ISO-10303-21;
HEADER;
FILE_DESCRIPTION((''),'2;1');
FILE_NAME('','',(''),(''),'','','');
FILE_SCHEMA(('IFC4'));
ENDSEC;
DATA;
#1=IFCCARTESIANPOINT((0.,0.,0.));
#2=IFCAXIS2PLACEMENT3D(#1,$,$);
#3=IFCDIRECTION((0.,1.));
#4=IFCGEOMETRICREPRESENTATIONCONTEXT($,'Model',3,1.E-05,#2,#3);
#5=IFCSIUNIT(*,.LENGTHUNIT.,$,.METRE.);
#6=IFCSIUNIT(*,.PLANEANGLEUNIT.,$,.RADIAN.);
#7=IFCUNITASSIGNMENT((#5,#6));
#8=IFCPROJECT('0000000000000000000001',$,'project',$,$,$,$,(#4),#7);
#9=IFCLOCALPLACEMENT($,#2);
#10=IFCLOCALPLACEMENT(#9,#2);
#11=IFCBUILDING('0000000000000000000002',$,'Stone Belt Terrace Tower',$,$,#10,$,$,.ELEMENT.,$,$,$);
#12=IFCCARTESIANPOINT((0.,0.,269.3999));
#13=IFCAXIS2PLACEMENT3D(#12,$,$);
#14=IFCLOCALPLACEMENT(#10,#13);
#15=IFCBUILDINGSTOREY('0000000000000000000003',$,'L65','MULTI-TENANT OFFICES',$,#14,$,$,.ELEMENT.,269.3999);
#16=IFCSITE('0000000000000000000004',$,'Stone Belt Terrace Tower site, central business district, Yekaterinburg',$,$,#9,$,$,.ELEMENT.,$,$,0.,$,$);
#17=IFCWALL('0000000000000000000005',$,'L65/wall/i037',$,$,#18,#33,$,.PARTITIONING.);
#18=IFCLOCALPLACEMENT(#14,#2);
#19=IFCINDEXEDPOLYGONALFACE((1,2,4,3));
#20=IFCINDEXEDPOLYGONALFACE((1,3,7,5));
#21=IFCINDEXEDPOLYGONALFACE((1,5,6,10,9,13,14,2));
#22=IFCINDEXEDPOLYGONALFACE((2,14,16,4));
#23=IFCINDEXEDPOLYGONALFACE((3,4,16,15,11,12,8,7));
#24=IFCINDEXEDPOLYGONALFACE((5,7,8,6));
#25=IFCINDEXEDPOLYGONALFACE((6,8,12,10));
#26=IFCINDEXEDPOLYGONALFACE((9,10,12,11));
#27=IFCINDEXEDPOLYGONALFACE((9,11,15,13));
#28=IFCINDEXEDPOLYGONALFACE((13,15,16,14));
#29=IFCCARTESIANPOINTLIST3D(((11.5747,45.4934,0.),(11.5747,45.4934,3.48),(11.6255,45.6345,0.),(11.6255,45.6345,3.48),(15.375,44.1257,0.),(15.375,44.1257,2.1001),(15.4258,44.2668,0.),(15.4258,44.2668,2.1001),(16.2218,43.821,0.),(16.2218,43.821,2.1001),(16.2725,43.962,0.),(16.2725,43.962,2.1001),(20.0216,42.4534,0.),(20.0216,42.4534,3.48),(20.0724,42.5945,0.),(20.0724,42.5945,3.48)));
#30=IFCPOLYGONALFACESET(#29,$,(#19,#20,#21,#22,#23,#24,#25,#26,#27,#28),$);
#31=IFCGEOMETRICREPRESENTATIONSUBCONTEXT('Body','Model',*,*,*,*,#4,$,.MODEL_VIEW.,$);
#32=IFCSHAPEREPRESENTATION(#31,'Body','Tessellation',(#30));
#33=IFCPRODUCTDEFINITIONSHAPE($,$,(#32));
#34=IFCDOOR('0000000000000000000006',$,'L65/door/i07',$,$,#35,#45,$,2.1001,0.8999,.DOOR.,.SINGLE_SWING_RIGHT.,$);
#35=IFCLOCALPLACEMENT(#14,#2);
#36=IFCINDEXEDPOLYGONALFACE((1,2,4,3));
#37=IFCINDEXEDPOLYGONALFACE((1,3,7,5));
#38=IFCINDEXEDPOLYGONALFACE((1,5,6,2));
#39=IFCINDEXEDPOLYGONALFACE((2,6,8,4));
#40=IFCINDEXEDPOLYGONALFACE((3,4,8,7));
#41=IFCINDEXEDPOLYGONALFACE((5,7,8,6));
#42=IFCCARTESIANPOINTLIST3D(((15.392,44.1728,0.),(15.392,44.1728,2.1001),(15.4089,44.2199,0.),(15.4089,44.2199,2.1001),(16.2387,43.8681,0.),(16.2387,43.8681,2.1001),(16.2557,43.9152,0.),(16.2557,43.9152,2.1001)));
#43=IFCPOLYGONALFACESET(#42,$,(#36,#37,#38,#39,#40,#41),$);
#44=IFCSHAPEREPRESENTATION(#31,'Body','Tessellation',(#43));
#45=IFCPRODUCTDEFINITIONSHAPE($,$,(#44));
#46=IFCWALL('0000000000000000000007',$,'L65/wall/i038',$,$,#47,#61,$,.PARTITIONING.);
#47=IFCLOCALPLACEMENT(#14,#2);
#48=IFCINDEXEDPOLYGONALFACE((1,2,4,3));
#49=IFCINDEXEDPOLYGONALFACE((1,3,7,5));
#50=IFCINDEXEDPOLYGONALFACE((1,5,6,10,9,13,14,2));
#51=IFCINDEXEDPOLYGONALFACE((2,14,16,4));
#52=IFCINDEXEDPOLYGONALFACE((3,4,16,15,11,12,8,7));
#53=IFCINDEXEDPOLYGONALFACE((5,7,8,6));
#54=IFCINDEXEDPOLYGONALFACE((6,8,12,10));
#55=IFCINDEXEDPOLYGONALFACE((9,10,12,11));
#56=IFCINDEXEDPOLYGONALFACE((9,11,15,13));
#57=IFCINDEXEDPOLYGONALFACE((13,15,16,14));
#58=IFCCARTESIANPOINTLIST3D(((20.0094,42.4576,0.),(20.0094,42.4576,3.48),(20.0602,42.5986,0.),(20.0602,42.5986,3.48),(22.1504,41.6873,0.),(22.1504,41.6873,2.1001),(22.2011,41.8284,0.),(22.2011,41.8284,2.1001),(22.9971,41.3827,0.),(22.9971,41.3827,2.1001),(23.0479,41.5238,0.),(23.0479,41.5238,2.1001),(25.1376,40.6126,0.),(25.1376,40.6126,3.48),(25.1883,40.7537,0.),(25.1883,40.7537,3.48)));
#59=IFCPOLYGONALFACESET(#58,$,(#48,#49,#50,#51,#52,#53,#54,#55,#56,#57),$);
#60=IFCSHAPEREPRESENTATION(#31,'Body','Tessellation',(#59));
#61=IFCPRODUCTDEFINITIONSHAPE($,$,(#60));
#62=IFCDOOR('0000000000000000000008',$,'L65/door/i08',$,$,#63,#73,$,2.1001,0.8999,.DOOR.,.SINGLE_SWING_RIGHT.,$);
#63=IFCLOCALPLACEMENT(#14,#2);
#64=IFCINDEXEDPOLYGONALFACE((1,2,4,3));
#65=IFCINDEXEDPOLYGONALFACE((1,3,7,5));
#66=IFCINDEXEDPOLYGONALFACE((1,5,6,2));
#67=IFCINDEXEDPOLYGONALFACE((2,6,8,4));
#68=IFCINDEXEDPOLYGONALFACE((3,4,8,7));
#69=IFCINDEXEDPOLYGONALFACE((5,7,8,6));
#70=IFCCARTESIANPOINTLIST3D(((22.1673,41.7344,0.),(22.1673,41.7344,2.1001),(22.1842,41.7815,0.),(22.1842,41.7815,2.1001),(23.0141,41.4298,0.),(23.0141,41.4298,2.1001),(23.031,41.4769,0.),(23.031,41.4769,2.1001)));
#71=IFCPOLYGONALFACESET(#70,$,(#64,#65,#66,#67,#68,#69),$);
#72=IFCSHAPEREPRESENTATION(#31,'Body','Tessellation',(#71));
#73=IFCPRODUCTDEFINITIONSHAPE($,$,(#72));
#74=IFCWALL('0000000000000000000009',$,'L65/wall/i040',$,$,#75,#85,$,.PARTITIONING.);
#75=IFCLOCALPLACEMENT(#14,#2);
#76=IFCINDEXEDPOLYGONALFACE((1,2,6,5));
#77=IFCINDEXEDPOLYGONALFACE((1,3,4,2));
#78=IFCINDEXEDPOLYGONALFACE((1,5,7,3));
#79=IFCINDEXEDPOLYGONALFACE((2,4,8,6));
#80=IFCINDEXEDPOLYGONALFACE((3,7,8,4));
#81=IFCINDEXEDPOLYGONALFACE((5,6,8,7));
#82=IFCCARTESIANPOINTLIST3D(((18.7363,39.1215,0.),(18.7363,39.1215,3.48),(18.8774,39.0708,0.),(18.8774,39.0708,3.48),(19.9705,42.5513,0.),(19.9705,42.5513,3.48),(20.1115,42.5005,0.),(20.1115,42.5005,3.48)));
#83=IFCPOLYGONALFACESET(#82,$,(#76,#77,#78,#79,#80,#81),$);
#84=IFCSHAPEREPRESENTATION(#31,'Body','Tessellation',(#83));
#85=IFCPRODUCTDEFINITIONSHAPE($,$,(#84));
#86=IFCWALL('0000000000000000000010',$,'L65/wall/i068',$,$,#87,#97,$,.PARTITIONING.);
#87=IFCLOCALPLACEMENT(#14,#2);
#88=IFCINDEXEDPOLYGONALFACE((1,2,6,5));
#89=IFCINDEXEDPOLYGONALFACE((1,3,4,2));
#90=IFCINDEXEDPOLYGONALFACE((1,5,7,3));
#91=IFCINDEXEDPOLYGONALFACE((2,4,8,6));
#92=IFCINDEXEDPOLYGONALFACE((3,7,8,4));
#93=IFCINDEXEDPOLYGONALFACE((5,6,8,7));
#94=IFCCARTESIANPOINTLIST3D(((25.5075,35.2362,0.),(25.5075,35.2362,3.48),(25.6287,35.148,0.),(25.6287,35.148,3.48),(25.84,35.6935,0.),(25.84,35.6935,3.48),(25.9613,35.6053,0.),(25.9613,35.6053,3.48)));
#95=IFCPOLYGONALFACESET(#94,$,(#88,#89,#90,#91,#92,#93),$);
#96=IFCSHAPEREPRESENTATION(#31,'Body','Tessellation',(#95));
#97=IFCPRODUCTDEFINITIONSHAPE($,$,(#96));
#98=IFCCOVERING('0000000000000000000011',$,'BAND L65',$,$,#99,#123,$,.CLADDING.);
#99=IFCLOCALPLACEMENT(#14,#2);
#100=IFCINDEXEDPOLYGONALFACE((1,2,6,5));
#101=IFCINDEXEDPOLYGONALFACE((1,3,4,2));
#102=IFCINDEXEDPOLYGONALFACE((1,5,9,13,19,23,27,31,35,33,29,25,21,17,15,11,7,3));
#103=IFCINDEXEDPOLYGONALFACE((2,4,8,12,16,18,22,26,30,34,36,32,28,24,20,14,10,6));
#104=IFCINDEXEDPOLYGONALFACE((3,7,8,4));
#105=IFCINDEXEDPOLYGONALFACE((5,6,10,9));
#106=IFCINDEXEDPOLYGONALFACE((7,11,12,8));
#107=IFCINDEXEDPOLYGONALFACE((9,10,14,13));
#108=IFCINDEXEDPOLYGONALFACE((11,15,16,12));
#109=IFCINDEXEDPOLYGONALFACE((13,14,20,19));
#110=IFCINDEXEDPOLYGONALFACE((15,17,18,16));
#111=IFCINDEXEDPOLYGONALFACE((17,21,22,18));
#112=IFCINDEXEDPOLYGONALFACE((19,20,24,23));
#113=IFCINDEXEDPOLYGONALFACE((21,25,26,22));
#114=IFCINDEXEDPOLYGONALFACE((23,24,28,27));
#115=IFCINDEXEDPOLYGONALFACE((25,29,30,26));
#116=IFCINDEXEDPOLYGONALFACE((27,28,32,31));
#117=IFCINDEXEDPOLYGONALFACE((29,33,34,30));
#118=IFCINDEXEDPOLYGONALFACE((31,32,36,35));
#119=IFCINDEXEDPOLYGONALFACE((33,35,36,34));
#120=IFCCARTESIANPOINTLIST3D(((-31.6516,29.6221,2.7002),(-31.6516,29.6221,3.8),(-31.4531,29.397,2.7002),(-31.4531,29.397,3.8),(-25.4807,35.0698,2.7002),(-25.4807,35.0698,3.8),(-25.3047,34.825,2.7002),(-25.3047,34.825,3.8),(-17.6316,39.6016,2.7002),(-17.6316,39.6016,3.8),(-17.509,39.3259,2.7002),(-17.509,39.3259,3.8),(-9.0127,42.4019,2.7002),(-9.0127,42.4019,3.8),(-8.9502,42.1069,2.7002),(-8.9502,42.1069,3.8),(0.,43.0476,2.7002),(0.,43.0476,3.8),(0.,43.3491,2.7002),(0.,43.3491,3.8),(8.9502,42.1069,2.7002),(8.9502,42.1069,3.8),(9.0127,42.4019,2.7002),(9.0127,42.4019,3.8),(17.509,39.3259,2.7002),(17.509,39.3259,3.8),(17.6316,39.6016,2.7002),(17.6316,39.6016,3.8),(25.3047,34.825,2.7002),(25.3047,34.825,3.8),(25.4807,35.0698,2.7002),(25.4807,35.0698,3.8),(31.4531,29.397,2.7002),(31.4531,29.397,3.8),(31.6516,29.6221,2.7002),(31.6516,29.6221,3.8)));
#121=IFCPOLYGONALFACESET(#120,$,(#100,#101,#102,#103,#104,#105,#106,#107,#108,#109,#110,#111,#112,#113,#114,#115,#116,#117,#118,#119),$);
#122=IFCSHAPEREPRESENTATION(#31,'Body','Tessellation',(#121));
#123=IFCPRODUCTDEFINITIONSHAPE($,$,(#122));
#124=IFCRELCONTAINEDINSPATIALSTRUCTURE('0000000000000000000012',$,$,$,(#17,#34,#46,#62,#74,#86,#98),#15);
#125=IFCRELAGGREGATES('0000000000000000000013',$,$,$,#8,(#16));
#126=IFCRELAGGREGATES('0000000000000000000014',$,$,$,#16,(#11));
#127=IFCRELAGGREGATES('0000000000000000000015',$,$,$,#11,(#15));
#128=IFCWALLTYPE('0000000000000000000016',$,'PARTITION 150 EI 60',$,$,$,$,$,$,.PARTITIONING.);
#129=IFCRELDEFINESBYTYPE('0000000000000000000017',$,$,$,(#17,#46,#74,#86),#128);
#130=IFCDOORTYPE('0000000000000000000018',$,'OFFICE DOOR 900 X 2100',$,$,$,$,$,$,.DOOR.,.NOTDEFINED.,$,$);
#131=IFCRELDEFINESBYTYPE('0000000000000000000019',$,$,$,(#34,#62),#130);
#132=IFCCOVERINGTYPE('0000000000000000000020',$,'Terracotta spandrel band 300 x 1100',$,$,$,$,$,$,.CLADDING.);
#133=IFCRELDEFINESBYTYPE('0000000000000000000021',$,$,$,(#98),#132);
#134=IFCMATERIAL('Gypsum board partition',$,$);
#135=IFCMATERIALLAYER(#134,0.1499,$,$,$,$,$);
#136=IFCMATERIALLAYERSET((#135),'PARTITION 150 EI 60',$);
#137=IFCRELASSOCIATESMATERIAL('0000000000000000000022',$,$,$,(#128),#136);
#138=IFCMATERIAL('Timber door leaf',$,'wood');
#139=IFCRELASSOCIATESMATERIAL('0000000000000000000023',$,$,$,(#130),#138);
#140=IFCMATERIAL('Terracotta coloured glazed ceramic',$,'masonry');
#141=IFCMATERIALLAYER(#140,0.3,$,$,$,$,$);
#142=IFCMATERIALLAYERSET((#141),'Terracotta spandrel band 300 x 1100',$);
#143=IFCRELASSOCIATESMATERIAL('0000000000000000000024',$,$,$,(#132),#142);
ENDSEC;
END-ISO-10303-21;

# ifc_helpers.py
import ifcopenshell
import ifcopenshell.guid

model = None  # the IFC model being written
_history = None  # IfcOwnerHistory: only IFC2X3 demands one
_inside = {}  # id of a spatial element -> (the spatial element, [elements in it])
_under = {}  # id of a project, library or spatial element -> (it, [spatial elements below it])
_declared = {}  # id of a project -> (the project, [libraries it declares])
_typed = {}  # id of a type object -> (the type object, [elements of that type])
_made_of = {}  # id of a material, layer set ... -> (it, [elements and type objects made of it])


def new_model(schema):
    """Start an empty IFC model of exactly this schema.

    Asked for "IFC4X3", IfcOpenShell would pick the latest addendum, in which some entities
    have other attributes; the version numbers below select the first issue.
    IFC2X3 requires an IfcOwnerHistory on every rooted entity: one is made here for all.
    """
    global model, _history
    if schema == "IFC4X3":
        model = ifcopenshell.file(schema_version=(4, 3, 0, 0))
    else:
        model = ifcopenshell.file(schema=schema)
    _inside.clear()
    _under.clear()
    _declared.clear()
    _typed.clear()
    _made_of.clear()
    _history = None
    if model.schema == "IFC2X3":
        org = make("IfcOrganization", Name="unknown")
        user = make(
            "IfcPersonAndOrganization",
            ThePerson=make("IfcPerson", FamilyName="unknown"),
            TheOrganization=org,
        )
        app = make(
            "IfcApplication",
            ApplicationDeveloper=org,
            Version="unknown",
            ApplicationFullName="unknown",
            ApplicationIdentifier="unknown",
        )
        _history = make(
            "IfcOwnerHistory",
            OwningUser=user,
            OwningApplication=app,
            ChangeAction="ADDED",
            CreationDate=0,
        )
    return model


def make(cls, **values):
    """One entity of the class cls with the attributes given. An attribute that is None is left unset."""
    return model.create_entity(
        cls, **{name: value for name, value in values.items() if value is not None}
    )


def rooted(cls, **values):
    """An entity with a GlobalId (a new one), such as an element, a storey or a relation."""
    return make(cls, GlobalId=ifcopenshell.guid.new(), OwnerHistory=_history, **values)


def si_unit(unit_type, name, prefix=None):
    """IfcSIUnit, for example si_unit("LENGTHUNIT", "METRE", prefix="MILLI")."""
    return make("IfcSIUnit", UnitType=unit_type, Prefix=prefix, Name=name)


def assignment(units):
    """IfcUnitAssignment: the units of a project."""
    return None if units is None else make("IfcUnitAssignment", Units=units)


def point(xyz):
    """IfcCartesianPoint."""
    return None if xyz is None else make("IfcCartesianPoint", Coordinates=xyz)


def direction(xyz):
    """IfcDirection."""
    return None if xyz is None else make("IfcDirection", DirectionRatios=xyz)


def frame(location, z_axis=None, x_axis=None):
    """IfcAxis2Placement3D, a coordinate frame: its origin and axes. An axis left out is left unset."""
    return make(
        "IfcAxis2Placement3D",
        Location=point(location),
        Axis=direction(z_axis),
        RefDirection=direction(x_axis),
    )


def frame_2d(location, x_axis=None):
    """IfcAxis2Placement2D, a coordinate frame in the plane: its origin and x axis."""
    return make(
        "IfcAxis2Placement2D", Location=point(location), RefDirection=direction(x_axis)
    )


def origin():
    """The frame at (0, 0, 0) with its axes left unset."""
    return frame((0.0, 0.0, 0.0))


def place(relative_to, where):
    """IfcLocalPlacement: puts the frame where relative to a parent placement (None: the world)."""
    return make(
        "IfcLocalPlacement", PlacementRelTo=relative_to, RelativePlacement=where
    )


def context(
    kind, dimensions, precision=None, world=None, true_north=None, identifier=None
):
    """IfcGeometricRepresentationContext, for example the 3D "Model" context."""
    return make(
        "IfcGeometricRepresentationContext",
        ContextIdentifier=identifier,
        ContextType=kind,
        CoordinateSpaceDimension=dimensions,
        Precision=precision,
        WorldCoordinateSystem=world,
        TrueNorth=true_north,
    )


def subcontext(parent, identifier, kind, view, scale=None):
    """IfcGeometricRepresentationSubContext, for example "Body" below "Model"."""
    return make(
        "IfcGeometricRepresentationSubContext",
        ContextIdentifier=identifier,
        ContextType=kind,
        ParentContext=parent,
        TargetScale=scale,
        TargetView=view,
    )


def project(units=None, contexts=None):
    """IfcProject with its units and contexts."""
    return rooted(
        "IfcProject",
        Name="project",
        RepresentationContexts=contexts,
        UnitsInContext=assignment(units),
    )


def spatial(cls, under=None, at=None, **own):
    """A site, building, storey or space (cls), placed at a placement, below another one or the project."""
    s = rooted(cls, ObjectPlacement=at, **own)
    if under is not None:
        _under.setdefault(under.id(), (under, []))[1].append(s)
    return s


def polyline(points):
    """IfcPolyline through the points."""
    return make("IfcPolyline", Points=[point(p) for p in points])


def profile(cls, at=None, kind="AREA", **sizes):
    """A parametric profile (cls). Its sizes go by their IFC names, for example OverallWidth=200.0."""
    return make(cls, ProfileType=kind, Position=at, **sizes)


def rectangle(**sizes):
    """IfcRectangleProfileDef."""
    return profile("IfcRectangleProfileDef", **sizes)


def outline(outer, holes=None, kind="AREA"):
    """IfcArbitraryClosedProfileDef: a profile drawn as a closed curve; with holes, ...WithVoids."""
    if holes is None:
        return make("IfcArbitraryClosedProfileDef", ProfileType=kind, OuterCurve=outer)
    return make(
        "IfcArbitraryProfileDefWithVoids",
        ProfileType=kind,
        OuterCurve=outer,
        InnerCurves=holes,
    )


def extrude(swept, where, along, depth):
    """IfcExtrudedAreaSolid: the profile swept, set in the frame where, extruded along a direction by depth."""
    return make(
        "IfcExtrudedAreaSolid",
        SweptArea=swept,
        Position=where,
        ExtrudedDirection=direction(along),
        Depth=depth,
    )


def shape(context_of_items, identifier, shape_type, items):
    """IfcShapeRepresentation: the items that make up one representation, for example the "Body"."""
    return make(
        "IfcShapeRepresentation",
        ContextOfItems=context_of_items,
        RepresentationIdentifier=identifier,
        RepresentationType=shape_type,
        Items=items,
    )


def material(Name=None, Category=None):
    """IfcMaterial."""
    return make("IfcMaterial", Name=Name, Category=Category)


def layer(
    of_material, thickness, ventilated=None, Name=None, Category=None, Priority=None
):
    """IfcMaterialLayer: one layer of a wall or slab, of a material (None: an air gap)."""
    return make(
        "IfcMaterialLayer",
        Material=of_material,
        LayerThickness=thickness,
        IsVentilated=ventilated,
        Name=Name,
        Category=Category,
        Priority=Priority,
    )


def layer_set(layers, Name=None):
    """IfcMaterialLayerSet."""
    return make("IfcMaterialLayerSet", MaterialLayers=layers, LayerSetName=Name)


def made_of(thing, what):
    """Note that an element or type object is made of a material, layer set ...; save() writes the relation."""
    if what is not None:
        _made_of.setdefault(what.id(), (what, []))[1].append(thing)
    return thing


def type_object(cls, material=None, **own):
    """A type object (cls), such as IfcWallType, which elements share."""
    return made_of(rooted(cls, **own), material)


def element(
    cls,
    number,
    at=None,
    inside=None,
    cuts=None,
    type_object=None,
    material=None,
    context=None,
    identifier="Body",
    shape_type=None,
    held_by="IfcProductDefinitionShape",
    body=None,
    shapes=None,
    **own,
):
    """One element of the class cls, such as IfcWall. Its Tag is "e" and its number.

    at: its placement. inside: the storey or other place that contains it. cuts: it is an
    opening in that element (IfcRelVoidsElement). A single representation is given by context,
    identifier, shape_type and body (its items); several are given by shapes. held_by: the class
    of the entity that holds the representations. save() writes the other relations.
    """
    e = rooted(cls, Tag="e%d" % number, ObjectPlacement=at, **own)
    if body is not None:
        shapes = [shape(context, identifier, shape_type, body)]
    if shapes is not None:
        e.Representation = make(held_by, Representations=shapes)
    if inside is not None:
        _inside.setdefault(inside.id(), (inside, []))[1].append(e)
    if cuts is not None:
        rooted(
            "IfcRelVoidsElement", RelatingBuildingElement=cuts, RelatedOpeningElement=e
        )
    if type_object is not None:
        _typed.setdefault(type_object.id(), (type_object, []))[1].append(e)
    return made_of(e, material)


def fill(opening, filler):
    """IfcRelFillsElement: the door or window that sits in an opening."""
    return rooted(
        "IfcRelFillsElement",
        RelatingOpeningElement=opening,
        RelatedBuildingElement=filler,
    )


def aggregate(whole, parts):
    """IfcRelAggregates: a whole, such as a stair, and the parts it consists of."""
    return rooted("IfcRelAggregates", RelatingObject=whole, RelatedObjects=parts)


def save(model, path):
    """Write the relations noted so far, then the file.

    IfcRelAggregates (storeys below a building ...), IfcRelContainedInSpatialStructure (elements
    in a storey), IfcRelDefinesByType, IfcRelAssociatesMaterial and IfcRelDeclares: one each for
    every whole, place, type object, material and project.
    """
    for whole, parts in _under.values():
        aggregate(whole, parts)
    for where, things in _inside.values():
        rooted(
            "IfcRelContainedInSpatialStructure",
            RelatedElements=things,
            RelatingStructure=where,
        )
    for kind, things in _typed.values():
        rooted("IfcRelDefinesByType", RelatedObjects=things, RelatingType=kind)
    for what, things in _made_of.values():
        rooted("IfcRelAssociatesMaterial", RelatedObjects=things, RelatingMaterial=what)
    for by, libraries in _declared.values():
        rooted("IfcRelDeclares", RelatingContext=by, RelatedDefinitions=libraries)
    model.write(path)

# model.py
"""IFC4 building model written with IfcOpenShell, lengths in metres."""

from ifc_helpers import new_model, si_unit, direction, frame, frame_2d, origin, place, context, subcontext, project, spatial, polyline, rectangle, outline, extrude, material, layer, layer_set, type_object, element, fill, save


model = new_model("IFC4")

# Units and contexts
model_context = context("Model", 3, precision=1e-05, world=origin(), true_north=direction((0.0, 1.0)))
body_context = subcontext(model_context, "Body", "Model", "MODEL_VIEW")
ifc_project = project(units=[si_unit("LENGTHUNIT", "METRE"), si_unit("PLANEANGLEUNIT", "RADIAN")], contexts=[model_context])

# Site, building, storey
site_placement = place(None, origin())
site = spatial("IfcSite", under=ifc_project, at=site_placement, Name="Stone Belt Terrace Tower site, central business district, Yekaterinburg", CompositionType="ELEMENT", RefElevation=0.0)
building_placement = place(site_placement, origin())
building = spatial("IfcBuilding", under=site, at=building_placement, Name="Stone Belt Terrace Tower", CompositionType="ELEMENT")
storey_placement = place(building_placement, frame((0.0, 0.0, 269.3999)))
storey = spatial("IfcBuildingStorey", under=building, at=storey_placement, Name="L65", Description="MULTI-TENANT OFFICES", CompositionType="ELEMENT", Elevation=269.3999)

# Shared definitions
ifc_material_1 = material(Name="Gypsum board partition")
ifc_layer_1 = layer(ifc_material_1, 0.1499)
ifc_layer_set_1 = layer_set([ifc_layer_1], Name="PARTITION 150 EI 60")
wall_type_1 = type_object("IfcWallType", Name="PARTITION 150 EI 60", PredefinedType="PARTITIONING", material=ifc_layer_set_1)

# Walls, openings, doors
wall_1_placement = place(storey_placement, frame((20.0471, 42.5239, 0.0), z_axis=(0.0, 0.0, 1.0), x_axis=(-0.940919, 0.338632, 0.0)))
wall_1 = element("IfcWall", 1, at=wall_1_placement, inside=storey, type_object=wall_type_1, Name="L65/wall/i037", PredefinedType="PARTITIONING", context=body_context, shape_type="SweptSolid", body=[
    extrude(rectangle(XDim=8.9773, YDim=0.1499, at=frame_2d((4.4888, 0.0))), origin(), (0.0, 0.0, 1.0), 3.48),
])
opening_1_placement = place(wall_1_placement, frame((4.0386, 0.0, 0.0)))
opening_1 = element("IfcOpeningElement", 2, at=opening_1_placement, cuts=wall_1, PredefinedType="OPENING", context=body_context, shape_type="SweptSolid", body=[
    extrude(rectangle(XDim=0.8999, YDim=2.1001, at=frame_2d((0.45, 1.05))), frame((0.0, 0.085, 0.0), z_axis=(0.0, -1.0, 0.0), x_axis=(1.0, 0.0, 0.0)), (0.0, 0.0, 1.0), 0.1699),
])
ifc_material_2 = material(Name="Timber door leaf", Category="wood")
door_type = type_object("IfcDoorType", Name="OFFICE DOOR 900 X 2100", OperationType="NOTDEFINED", PredefinedType="DOOR", material=ifc_material_2)
door_1_placement = place(opening_1_placement, origin())
door_1 = element("IfcDoor", 3, at=door_1_placement, inside=storey, type_object=door_type, Name="L65/door/i07", OperationType="SINGLE_SWING_RIGHT", OverallHeight=2.1001, OverallWidth=0.8999, PredefinedType="DOOR", context=body_context, shape_type="SweptSolid", body=[
    extrude(rectangle(XDim=0.8999, YDim=2.1001, at=frame_2d((0.45, 1.05))), frame((0.0, 0.0249, 0.0), z_axis=(0.0, -1.0, 0.0), x_axis=(1.0, 0.0, 0.0)), (0.0, 0.0, 1.0), 0.05),
])
fill(opening_1, door_1)
wall_2_placement = place(storey_placement, frame((25.1631, 40.6831, 0.0), z_axis=(0.0, 0.0, 1.0), x_axis=(-0.940956, 0.338529, 0.0)))
wall_2 = element("IfcWall", 4, at=wall_2_placement, inside=storey, type_object=wall_type_1, Name="L65/wall/i038", PredefinedType="PARTITIONING", context=body_context, shape_type="SweptSolid", body=[
    extrude(rectangle(XDim=5.45, YDim=0.1499, at=frame_2d((2.7251, 0.0))), origin(), (0.0, 0.0, 1.0), 3.48),
])
opening_2_placement = place(wall_2_placement, frame((2.2749, 0.0, 0.0)))
opening_2 = element("IfcOpeningElement", 5, at=opening_2_placement, cuts=wall_2, PredefinedType="OPENING", context=body_context, shape_type="SweptSolid", body=[
    extrude(rectangle(XDim=0.8999, YDim=2.1001, at=frame_2d((0.45, 1.05))), frame((0.0, 0.085, 0.0), z_axis=(0.0, -1.0, 0.0), x_axis=(1.0, 0.0, 0.0)), (0.0, 0.0, 1.0), 0.1699),
])
door_2_placement = place(opening_2_placement, origin())
door_2 = element("IfcDoor", 6, at=door_2_placement, inside=storey, type_object=door_type, Name="L65/door/i08", OperationType="SINGLE_SWING_RIGHT", OverallHeight=2.1001, OverallWidth=0.8999, PredefinedType="DOOR", context=body_context, shape_type="SweptSolid", body=[
    extrude(rectangle(XDim=0.8999, YDim=2.1001, at=frame_2d((0.45, 1.05))), frame((0.0, 0.0249, 0.0), z_axis=(0.0, -1.0, 0.0), x_axis=(1.0, 0.0, 0.0)), (0.0, 0.0, 1.0), 0.05),
])
fill(opening_2, door_2)

# Walls
wall_3_placement = place(storey_placement, frame((20.041, 42.5259, 0.0), z_axis=(0.0, 0.0, 1.0), x_axis=(-0.338584, -0.940936, 0.0)))
element("IfcWall", 7, at=wall_3_placement, inside=storey, type_object=wall_type_1, Name="L65/wall/i040", PredefinedType="PARTITIONING", context=body_context, shape_type="SweptSolid", body=[
    extrude(rectangle(XDim=3.645, YDim=0.1499, at=frame_2d((1.8225, 0.0))), origin(), (0.0, 0.0, 1.0), 3.48),
])
wall_4_placement = place(storey_placement, frame((25.9006, 35.6494, 0.0), z_axis=(0.0, 0.0, 1.0), x_axis=(-0.58812, -0.808773, 0.0)))
element("IfcWall", 8, at=wall_4_placement, inside=storey, type_object=wall_type_1, Name="L65/wall/i068", PredefinedType="PARTITIONING", context=body_context, shape_type="SweptSolid", body=[
    extrude(rectangle(XDim=0.5654, YDim=0.1499, at=frame_2d((0.2827, 0.0))), origin(), (0.0, 0.0, 1.0), 3.48),
])

# Covering
ifc_material_3 = material(Name="Terracotta coloured glazed ceramic", Category="masonry")
ifc_layer_2 = layer(ifc_material_3, 0.3)
ifc_layer_set_2 = layer_set([ifc_layer_2], Name="Terracotta spandrel band 300 x 1100")
covering_type = type_object("IfcCoveringType", Name="Terracotta spandrel band 300 x 1100", PredefinedType="CLADDING", material=ifc_layer_set_2)
covering_placement = place(storey_placement, frame((0.0, 0.0, 2.7002)))
element("IfcCovering", 9, at=covering_placement, inside=storey, type_object=covering_type, Name="BAND L65", PredefinedType="CLADDING", context=body_context, shape_type="SweptSolid", body=[
    extrude(outline(polyline([(-31.6516, 29.6221), (-25.4807, 35.0698), (-17.6316, 39.6016), (-9.0127, 42.4019), (0.0, 43.3491), (9.0127, 42.4019), (17.6316, 39.6016), (25.4807, 35.0698), (31.6516, 29.6221), (31.4531, 29.397), (25.3047, 34.825), (17.509, 39.3259), (8.9502, 42.1069), (0.0, 43.0476), (-8.9502, 42.1069), (-17.509, 39.3259), (-25.3047, 34.825), (-31.4531, 29.397), (-31.6516, 29.6221)])), origin(), (0.0, 0.0, 1.0), 1.0999),
])

save(model, "model.ifc")
